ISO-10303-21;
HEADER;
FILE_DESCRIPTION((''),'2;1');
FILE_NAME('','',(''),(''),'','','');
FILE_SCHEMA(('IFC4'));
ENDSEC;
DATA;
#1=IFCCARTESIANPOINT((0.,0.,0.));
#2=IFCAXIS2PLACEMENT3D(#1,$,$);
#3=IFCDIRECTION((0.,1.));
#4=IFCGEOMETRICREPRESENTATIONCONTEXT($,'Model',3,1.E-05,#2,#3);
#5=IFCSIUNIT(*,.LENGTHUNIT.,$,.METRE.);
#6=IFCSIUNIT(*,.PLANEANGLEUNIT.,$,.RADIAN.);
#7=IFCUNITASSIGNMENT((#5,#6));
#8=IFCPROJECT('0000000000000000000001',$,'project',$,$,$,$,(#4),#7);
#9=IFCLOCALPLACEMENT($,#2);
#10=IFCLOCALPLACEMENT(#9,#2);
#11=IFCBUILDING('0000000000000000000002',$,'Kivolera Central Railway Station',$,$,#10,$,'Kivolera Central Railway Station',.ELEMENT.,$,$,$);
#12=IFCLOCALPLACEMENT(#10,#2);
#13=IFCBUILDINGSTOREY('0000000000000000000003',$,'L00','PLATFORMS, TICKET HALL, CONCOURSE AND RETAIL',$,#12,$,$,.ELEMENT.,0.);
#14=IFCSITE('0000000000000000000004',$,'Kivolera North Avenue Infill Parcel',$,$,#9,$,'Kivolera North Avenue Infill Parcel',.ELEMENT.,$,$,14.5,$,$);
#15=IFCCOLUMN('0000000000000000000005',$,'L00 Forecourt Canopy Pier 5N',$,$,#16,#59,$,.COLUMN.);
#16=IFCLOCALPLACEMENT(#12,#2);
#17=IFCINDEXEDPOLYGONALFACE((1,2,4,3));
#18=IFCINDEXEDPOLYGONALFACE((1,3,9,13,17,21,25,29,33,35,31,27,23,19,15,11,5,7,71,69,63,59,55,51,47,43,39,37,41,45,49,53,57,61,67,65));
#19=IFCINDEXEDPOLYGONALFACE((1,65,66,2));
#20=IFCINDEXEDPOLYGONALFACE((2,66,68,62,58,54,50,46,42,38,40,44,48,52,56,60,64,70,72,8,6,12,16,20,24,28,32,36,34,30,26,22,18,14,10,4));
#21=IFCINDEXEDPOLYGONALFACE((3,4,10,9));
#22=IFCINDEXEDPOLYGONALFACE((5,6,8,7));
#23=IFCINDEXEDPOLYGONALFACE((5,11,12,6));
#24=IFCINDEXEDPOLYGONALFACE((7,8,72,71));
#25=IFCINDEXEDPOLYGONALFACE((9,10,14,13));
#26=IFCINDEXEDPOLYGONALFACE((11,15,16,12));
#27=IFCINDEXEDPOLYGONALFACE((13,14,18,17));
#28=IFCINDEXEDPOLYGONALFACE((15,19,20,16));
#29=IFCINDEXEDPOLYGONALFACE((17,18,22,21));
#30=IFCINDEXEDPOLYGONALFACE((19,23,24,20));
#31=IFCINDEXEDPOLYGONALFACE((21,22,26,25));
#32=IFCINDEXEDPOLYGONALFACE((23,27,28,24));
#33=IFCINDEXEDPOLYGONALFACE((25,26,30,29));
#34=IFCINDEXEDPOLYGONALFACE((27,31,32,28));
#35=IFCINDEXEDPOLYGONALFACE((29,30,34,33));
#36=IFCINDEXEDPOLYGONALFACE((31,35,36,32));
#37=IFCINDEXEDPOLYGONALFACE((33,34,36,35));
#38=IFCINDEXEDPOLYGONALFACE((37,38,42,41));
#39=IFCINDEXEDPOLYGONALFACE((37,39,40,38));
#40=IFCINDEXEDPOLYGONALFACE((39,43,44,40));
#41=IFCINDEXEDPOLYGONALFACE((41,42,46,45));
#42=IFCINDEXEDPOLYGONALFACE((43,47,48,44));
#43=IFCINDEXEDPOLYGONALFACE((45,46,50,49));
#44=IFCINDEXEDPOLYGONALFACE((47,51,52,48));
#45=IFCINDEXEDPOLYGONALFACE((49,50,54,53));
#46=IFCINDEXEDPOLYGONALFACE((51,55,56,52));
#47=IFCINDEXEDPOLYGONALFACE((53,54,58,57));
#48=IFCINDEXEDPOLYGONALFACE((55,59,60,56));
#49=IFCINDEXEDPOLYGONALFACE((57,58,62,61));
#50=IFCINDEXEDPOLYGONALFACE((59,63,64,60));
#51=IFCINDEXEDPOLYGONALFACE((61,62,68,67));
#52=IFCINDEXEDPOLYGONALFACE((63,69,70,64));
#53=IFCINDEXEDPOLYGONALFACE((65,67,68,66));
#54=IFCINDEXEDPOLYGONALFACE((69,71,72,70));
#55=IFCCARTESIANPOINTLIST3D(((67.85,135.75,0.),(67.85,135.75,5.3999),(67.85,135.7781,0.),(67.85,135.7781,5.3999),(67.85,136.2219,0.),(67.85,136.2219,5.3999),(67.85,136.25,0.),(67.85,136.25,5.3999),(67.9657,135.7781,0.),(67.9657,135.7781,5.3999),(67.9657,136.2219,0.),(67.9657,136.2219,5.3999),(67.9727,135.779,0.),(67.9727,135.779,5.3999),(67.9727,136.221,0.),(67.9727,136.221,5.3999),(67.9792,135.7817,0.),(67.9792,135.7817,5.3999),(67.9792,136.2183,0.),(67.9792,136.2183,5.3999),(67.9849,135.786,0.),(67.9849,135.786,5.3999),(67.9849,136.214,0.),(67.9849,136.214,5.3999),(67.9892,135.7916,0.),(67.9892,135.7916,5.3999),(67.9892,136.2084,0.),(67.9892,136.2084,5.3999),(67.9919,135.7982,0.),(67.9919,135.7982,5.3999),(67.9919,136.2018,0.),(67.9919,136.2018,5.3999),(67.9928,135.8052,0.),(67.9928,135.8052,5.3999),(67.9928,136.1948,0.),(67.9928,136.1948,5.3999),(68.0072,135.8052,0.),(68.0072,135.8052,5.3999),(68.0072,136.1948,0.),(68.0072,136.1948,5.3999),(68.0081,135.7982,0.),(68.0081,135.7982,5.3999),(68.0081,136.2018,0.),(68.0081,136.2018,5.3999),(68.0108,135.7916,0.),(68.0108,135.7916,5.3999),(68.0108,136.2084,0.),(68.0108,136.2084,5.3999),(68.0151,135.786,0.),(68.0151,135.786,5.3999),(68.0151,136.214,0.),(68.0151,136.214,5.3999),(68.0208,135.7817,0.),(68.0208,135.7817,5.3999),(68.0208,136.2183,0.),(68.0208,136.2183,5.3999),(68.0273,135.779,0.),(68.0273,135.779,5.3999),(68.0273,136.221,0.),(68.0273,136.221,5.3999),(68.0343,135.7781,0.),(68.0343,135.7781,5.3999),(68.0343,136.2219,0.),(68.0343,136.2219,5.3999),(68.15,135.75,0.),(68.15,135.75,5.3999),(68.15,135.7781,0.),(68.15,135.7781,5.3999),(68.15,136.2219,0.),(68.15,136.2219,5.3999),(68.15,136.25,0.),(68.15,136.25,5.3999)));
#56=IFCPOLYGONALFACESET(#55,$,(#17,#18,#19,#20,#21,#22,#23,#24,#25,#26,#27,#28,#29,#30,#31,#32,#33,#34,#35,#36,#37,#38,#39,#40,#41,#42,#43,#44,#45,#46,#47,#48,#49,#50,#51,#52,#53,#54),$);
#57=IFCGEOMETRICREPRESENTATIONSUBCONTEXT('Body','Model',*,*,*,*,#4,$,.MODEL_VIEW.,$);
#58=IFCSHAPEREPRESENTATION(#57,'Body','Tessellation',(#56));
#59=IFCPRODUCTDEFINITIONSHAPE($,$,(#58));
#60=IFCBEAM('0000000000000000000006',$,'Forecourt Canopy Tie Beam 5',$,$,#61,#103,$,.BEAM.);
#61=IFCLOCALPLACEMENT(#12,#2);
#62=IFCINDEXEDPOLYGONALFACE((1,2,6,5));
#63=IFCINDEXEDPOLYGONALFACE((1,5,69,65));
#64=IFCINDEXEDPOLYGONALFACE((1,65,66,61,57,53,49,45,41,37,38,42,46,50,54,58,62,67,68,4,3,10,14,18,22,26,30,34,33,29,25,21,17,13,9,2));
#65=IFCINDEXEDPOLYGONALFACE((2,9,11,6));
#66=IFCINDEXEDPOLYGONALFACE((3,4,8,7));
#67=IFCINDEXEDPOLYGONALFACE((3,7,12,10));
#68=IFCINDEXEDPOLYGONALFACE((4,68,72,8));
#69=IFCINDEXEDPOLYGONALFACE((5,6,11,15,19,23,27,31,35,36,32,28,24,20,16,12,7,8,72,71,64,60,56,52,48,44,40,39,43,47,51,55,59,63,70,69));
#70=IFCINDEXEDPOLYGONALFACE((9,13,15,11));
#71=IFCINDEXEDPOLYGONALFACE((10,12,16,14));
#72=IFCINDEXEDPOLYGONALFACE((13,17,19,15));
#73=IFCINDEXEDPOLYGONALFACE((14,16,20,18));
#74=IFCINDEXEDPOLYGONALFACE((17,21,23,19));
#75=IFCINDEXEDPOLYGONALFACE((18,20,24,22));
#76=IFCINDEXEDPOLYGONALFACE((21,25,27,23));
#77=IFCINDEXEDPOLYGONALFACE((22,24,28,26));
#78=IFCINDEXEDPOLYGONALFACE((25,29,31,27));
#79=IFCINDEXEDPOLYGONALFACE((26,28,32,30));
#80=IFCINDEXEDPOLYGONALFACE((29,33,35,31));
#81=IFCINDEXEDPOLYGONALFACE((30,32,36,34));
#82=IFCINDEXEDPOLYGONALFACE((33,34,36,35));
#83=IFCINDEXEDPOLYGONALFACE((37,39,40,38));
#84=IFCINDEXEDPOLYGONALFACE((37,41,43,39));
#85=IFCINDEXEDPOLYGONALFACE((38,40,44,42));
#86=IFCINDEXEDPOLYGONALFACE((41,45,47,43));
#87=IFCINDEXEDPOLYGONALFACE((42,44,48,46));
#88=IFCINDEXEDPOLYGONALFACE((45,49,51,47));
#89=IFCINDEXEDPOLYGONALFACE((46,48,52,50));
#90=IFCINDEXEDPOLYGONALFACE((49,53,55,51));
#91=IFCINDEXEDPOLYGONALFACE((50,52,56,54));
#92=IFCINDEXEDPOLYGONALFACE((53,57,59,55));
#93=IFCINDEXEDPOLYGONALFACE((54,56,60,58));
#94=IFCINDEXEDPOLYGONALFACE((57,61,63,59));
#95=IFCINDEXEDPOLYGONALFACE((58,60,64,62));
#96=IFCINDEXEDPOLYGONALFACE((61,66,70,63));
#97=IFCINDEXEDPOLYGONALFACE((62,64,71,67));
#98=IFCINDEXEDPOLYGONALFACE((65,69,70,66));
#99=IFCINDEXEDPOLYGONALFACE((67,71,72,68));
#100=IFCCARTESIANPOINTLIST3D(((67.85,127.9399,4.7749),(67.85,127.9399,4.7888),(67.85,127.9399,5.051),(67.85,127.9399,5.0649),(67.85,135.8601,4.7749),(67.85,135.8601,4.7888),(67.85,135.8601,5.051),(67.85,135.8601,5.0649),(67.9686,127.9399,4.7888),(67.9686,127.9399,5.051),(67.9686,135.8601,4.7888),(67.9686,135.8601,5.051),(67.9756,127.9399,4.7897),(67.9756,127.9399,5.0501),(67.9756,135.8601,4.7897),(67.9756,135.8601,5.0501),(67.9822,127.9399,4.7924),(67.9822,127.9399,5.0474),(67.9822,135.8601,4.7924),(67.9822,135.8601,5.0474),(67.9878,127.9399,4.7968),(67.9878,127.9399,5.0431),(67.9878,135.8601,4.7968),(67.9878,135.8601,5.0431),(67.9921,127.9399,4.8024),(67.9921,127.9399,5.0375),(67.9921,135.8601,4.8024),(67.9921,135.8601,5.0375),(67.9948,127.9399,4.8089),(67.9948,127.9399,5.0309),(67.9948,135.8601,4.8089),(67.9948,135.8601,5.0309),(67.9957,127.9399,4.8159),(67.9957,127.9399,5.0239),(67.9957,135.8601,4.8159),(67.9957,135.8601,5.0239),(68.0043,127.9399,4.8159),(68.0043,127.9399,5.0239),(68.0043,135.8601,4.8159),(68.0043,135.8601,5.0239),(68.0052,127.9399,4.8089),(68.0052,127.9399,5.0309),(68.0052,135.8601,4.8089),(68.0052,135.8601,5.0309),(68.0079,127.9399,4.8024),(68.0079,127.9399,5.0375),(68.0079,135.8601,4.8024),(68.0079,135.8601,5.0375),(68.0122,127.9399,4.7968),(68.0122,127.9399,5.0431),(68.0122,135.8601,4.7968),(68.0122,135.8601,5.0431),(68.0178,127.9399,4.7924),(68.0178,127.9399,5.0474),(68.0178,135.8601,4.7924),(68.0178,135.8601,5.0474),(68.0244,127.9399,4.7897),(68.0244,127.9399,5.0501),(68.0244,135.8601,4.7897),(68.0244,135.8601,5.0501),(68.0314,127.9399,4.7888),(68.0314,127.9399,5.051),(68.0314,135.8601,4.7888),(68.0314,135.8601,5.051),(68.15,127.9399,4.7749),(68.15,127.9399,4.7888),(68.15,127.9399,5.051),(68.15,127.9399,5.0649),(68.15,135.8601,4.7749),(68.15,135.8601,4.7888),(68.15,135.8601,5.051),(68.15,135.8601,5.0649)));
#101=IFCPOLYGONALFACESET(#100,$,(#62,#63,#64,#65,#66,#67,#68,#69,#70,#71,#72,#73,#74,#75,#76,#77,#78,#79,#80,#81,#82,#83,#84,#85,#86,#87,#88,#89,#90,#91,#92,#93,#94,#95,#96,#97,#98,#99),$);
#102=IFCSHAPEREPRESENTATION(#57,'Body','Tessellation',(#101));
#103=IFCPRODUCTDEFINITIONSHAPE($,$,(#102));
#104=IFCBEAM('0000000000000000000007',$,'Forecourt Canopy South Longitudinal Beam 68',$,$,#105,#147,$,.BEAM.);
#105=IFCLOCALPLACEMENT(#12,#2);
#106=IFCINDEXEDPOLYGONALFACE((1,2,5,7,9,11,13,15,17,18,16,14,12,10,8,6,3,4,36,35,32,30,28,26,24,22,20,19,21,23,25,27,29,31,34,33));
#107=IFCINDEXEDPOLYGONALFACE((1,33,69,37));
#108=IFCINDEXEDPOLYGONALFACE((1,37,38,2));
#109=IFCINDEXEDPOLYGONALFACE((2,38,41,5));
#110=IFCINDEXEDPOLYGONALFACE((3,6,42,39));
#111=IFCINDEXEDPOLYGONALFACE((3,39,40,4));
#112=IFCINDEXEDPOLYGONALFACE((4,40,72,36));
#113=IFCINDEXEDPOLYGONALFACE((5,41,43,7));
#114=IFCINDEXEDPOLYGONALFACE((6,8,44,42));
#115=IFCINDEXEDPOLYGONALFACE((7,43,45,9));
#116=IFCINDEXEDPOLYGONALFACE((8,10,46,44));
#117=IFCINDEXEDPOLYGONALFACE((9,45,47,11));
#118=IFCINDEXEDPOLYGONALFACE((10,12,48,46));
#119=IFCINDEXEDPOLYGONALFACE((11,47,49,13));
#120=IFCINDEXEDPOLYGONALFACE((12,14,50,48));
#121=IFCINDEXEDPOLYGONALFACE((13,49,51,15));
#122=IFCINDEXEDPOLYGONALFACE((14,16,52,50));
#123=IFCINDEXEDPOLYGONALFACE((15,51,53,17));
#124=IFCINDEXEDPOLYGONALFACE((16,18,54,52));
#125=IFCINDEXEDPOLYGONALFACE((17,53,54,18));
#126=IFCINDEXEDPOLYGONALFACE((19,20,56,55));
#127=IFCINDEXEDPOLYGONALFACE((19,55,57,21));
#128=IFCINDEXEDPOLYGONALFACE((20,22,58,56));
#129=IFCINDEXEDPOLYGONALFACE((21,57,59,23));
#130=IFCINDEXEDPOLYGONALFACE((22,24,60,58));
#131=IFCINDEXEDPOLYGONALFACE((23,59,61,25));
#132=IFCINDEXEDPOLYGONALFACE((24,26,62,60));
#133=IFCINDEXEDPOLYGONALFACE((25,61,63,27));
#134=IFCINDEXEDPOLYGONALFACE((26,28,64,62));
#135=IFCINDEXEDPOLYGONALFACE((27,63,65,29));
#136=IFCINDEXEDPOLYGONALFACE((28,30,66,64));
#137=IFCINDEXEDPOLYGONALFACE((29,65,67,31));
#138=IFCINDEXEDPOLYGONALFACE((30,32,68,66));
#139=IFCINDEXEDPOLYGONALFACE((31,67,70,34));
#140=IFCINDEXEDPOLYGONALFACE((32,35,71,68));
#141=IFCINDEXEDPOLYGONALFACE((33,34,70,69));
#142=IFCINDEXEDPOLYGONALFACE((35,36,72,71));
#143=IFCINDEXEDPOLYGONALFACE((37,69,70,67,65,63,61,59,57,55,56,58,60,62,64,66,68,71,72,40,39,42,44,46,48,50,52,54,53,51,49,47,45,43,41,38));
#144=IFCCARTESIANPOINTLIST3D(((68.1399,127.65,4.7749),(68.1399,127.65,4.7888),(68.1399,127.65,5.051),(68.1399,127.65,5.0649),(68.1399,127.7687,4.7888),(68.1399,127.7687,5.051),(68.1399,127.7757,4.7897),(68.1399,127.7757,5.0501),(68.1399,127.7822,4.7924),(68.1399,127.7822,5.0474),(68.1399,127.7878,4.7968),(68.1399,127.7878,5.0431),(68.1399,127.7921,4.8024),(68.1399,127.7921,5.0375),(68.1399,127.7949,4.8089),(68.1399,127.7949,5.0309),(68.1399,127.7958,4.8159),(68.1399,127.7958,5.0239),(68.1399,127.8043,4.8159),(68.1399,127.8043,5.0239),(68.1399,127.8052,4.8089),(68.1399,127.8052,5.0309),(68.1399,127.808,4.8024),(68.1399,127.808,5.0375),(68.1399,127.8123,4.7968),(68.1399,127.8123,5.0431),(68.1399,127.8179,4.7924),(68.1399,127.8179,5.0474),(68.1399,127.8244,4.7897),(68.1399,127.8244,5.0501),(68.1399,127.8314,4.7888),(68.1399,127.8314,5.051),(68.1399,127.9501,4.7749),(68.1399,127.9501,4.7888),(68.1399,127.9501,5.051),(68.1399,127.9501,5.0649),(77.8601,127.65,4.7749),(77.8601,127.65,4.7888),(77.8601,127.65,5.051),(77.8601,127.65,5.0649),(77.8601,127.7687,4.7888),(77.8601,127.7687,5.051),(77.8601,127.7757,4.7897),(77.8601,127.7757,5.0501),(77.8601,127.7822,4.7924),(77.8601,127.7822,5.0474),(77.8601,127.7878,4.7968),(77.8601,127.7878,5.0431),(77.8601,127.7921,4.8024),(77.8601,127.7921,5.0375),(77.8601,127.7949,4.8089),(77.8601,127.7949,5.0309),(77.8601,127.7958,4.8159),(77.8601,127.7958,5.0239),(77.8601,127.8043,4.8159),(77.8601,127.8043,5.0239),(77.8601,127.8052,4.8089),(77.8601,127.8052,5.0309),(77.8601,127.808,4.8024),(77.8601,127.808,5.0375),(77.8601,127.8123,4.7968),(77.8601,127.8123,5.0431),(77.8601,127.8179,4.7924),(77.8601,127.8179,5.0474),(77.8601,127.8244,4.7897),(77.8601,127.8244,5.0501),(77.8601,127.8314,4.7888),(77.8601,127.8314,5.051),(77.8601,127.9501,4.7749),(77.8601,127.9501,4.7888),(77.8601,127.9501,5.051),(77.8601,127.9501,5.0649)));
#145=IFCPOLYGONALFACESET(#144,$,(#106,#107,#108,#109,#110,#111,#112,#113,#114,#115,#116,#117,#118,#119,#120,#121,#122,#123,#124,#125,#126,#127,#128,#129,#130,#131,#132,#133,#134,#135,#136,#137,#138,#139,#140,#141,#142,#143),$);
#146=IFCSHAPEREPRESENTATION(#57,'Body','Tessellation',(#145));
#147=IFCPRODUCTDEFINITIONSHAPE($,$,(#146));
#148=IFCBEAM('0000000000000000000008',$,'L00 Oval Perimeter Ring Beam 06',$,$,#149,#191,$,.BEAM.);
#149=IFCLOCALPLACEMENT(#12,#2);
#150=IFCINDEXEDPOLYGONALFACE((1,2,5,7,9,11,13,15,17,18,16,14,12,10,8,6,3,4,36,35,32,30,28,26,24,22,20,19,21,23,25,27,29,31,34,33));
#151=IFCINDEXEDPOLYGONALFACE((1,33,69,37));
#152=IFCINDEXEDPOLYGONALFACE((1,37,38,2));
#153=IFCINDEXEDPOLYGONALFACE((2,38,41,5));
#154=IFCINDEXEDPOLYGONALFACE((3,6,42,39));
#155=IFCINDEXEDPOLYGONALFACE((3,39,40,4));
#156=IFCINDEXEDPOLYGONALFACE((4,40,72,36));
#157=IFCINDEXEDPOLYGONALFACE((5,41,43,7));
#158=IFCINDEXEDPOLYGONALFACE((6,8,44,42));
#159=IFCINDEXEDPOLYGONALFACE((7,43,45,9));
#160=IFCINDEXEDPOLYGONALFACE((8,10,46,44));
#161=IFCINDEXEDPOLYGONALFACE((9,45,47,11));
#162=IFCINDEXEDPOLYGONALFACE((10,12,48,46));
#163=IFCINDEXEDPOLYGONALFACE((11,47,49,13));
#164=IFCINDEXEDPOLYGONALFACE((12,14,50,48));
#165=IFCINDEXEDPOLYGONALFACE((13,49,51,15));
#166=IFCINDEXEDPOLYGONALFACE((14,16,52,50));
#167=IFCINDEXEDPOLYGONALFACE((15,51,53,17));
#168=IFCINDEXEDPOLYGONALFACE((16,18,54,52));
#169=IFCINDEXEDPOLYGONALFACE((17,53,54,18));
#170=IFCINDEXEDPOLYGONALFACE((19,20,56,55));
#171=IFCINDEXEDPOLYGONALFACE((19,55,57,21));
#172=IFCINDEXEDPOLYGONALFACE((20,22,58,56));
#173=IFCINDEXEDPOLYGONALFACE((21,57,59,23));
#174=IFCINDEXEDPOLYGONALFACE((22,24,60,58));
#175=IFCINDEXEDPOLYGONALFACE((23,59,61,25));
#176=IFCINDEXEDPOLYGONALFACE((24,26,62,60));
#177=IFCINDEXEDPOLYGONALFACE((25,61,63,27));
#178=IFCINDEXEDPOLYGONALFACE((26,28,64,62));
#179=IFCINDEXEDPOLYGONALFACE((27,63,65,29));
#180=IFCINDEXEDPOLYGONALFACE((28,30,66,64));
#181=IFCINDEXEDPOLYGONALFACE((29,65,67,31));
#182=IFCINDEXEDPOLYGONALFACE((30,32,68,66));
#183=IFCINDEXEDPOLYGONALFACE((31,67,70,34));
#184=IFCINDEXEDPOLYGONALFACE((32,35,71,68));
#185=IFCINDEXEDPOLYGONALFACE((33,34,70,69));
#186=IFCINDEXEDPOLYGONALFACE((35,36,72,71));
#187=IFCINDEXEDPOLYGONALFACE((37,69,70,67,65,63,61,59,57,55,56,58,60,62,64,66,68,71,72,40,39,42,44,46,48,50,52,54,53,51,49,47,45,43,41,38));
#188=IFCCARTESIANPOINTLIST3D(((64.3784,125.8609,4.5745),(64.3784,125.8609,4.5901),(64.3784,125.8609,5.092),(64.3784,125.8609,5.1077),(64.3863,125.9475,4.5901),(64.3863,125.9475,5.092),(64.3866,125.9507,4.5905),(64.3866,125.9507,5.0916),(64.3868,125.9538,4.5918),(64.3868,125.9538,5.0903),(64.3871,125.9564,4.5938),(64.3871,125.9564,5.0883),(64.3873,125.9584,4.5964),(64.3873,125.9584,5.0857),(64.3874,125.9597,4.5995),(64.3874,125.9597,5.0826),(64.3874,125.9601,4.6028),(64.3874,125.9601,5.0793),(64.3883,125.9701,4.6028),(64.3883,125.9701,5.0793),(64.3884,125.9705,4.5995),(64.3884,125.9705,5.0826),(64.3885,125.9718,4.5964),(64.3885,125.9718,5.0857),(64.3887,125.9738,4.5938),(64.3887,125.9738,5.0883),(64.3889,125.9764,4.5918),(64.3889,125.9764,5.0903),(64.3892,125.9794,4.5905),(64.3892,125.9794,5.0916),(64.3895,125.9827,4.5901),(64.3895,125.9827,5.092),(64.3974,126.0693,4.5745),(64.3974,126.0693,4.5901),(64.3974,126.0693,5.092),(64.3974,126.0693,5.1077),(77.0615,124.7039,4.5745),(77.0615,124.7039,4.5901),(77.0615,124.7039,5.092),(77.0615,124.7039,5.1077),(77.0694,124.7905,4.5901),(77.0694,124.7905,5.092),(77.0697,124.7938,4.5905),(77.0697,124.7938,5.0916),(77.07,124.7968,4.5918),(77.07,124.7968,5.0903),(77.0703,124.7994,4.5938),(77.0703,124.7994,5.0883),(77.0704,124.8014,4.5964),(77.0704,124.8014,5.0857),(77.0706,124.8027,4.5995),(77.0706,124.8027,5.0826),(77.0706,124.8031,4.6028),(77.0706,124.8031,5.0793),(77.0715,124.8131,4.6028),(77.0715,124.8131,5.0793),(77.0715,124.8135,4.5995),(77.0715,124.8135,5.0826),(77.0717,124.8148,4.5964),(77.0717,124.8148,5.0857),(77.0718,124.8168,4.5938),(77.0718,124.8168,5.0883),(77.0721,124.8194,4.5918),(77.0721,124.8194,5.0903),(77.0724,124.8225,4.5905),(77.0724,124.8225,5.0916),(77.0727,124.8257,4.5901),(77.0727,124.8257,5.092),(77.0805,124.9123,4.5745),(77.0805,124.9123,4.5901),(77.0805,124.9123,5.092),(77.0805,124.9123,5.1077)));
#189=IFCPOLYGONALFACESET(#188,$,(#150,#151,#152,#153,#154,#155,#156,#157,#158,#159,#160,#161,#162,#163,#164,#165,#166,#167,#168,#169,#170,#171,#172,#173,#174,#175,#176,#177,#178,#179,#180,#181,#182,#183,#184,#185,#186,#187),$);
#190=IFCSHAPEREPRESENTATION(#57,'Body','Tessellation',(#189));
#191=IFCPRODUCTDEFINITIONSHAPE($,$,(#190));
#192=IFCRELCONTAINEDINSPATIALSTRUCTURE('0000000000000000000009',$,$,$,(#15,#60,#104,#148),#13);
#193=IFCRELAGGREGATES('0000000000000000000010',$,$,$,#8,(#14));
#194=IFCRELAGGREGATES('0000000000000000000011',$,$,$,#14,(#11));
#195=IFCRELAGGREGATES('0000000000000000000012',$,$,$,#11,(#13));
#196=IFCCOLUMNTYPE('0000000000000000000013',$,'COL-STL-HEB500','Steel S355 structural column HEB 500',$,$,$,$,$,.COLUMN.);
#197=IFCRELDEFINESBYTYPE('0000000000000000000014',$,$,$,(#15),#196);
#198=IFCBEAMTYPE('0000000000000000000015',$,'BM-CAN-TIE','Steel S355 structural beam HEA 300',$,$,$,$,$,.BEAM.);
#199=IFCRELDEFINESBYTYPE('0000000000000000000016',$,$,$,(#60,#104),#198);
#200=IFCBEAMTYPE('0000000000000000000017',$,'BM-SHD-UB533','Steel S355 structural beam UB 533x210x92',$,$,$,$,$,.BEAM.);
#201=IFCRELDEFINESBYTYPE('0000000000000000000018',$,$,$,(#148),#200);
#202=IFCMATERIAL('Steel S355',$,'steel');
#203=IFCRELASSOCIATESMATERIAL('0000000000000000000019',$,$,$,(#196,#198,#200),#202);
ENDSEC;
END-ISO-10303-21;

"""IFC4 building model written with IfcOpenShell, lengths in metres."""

from ifc_helpers import new_model, si_unit, direction, frame, origin, origin_2d, place, context, subcontext, project, spatial, i_section, extrude, material, material_profile, profile_set, type_object, element, save


model = new_model("IFC4")

# Units and contexts
model_context = context("Model", 3, precision=1e-05, world=origin(), true_north=direction((0.0, 1.0)))
body_context = subcontext(model_context, "Body", "Model", "MODEL_VIEW")
ifc_project = project(units=[si_unit("LENGTHUNIT", "METRE"), si_unit("PLANEANGLEUNIT", "RADIAN")], contexts=[model_context])

# Site, building, storey
site_placement = place(None, origin())
site = spatial("IfcSite", under=ifc_project, at=site_placement, Name="Kivolera North Avenue Infill Parcel", LongName="Kivolera North Avenue Infill Parcel", CompositionType="ELEMENT", RefElevation=14.5)
building_placement = place(site_placement, origin())
building = spatial("IfcBuilding", under=site, at=building_placement, Name="Kivolera Central Railway Station", LongName="Kivolera Central Railway Station", CompositionType="ELEMENT")
storey_placement = place(building_placement, origin())
storey = spatial("IfcBuildingStorey", under=building, at=storey_placement, Name="L00", Description="PLATFORMS, TICKET HALL, CONCOURSE AND RETAIL", CompositionType="ELEMENT", Elevation=0.0)

# Column
ifc_material_1 = material(Name="Steel S355", Category="steel")
ifc_material_profile_1 = material_profile(ifc_material_1, i_section(OverallWidth=0.3, OverallDepth=0.5, WebThickness=0.0144, FlangeThickness=0.0281, FilletRadius=0.0271, at=origin_2d()), Name="HEB 500")
ifc_profile_set_1 = profile_set([ifc_material_profile_1], Name="Steel S355")
column_type_1 = type_object("IfcColumnType", Name="COL-STL-HEB500", Description="Steel S355 structural column HEB 500", PredefinedType="COLUMN", material=ifc_profile_set_1)
for number, where, z_axis, x_axis, name in (
    (1, (68.0, 136.0, 0.0), (0.0, 0.0, 1.0), (1.0, 0.0, 0.0), "L00 Forecourt Canopy Pier 5N"),
):
    element("IfcColumn", number, at=place(storey_placement, frame(where, z_axis=z_axis, x_axis=x_axis)), inside=storey, type_object=column_type_1, Name=name, PredefinedType="COLUMN", context=body_context, shape_type="SweptSolid", body=[
        extrude(i_section(OverallWidth=0.3, OverallDepth=0.5, WebThickness=0.0144, FlangeThickness=0.0281, FilletRadius=0.0271, at=origin_2d()), origin(), (0.0, 0.0, 1.0), 5.3999),
    ])

# Beams
ifc_material_profile_2 = material_profile(ifc_material_1, i_section(OverallWidth=0.3, OverallDepth=0.29, WebThickness=0.0085, FlangeThickness=0.0139, FilletRadius=0.0271, at=origin_2d()), Name="HEA 300")
ifc_profile_set_2 = profile_set([ifc_material_profile_2], Name="Steel S355")
beam_type_1 = type_object("IfcBeamType", Name="BM-CAN-TIE", Description="Steel S355 structural beam HEA 300", PredefinedType="BEAM", material=ifc_profile_set_2)
beam_1_placement = place(storey_placement, frame((68.0, 127.9399, 4.9199), z_axis=(0.0, 1.0, 0.0), x_axis=(-1.0, 0.0, 0.0)))
element("IfcBeam", 2, at=beam_1_placement, inside=storey, type_object=beam_type_1, Name="Forecourt Canopy Tie Beam 5", PredefinedType="BEAM", context=body_context, shape_type="SweptSolid", body=[
    extrude(i_section(OverallWidth=0.3, OverallDepth=0.29, WebThickness=0.0085, FlangeThickness=0.0139, FilletRadius=0.0271, at=origin_2d()), origin(), (0.0, 0.0, 1.0), 7.9202),
])
beam_2_placement = place(storey_placement, frame((68.1399, 127.8, 4.9199), z_axis=(1.0, 0.0, 0.0), x_axis=(0.0, 1.0, 0.0)))
element("IfcBeam", 3, at=beam_2_placement, inside=storey, type_object=beam_type_1, Name="Forecourt Canopy South Longitudinal Beam 68", PredefinedType="BEAM", context=body_context, shape_type="SweptSolid", body=[
    extrude(i_section(OverallWidth=0.3, OverallDepth=0.29, WebThickness=0.0085, FlangeThickness=0.0139, FilletRadius=0.0271, at=origin_2d()), origin(), (0.0, 0.0, 1.0), 9.7202),
])
ifc_material_profile_3 = material_profile(ifc_material_1, i_section(OverallWidth=0.2092, OverallDepth=0.5332, WebThickness=0.01, FlangeThickness=0.0156, FilletRadius=0.0127, at=origin_2d()), Name="UB 533x210x92")
ifc_profile_set_3 = profile_set([ifc_material_profile_3], Name="Steel S355")
beam_type_2 = type_object("IfcBeamType", Name="BM-SHD-UB533", Description="Steel S355 structural beam UB 533x210x92", PredefinedType="BEAM", material=ifc_profile_set_3)
for number, where, z_axis, x_axis, name in (
    (4, (77.071, 124.8081, 4.8411), (-0.995865, 0.090845, 0.0), (-0.090845, -0.995865, 0.0), "L00 Oval Perimeter Ring Beam 06"),
):
    element("IfcBeam", number, at=place(storey_placement, frame(where, z_axis=z_axis, x_axis=x_axis)), inside=storey, type_object=beam_type_2, Name=name, PredefinedType="BEAM", context=body_context, shape_type="SweptSolid", body=[
        extrude(i_section(OverallWidth=0.2092, OverallDepth=0.5332, WebThickness=0.01, FlangeThickness=0.0156, FilletRadius=0.0127, at=origin_2d()), origin(), (0.0, 0.0, 1.0), 12.7358),
    ])

save(model, "model.ifc")
